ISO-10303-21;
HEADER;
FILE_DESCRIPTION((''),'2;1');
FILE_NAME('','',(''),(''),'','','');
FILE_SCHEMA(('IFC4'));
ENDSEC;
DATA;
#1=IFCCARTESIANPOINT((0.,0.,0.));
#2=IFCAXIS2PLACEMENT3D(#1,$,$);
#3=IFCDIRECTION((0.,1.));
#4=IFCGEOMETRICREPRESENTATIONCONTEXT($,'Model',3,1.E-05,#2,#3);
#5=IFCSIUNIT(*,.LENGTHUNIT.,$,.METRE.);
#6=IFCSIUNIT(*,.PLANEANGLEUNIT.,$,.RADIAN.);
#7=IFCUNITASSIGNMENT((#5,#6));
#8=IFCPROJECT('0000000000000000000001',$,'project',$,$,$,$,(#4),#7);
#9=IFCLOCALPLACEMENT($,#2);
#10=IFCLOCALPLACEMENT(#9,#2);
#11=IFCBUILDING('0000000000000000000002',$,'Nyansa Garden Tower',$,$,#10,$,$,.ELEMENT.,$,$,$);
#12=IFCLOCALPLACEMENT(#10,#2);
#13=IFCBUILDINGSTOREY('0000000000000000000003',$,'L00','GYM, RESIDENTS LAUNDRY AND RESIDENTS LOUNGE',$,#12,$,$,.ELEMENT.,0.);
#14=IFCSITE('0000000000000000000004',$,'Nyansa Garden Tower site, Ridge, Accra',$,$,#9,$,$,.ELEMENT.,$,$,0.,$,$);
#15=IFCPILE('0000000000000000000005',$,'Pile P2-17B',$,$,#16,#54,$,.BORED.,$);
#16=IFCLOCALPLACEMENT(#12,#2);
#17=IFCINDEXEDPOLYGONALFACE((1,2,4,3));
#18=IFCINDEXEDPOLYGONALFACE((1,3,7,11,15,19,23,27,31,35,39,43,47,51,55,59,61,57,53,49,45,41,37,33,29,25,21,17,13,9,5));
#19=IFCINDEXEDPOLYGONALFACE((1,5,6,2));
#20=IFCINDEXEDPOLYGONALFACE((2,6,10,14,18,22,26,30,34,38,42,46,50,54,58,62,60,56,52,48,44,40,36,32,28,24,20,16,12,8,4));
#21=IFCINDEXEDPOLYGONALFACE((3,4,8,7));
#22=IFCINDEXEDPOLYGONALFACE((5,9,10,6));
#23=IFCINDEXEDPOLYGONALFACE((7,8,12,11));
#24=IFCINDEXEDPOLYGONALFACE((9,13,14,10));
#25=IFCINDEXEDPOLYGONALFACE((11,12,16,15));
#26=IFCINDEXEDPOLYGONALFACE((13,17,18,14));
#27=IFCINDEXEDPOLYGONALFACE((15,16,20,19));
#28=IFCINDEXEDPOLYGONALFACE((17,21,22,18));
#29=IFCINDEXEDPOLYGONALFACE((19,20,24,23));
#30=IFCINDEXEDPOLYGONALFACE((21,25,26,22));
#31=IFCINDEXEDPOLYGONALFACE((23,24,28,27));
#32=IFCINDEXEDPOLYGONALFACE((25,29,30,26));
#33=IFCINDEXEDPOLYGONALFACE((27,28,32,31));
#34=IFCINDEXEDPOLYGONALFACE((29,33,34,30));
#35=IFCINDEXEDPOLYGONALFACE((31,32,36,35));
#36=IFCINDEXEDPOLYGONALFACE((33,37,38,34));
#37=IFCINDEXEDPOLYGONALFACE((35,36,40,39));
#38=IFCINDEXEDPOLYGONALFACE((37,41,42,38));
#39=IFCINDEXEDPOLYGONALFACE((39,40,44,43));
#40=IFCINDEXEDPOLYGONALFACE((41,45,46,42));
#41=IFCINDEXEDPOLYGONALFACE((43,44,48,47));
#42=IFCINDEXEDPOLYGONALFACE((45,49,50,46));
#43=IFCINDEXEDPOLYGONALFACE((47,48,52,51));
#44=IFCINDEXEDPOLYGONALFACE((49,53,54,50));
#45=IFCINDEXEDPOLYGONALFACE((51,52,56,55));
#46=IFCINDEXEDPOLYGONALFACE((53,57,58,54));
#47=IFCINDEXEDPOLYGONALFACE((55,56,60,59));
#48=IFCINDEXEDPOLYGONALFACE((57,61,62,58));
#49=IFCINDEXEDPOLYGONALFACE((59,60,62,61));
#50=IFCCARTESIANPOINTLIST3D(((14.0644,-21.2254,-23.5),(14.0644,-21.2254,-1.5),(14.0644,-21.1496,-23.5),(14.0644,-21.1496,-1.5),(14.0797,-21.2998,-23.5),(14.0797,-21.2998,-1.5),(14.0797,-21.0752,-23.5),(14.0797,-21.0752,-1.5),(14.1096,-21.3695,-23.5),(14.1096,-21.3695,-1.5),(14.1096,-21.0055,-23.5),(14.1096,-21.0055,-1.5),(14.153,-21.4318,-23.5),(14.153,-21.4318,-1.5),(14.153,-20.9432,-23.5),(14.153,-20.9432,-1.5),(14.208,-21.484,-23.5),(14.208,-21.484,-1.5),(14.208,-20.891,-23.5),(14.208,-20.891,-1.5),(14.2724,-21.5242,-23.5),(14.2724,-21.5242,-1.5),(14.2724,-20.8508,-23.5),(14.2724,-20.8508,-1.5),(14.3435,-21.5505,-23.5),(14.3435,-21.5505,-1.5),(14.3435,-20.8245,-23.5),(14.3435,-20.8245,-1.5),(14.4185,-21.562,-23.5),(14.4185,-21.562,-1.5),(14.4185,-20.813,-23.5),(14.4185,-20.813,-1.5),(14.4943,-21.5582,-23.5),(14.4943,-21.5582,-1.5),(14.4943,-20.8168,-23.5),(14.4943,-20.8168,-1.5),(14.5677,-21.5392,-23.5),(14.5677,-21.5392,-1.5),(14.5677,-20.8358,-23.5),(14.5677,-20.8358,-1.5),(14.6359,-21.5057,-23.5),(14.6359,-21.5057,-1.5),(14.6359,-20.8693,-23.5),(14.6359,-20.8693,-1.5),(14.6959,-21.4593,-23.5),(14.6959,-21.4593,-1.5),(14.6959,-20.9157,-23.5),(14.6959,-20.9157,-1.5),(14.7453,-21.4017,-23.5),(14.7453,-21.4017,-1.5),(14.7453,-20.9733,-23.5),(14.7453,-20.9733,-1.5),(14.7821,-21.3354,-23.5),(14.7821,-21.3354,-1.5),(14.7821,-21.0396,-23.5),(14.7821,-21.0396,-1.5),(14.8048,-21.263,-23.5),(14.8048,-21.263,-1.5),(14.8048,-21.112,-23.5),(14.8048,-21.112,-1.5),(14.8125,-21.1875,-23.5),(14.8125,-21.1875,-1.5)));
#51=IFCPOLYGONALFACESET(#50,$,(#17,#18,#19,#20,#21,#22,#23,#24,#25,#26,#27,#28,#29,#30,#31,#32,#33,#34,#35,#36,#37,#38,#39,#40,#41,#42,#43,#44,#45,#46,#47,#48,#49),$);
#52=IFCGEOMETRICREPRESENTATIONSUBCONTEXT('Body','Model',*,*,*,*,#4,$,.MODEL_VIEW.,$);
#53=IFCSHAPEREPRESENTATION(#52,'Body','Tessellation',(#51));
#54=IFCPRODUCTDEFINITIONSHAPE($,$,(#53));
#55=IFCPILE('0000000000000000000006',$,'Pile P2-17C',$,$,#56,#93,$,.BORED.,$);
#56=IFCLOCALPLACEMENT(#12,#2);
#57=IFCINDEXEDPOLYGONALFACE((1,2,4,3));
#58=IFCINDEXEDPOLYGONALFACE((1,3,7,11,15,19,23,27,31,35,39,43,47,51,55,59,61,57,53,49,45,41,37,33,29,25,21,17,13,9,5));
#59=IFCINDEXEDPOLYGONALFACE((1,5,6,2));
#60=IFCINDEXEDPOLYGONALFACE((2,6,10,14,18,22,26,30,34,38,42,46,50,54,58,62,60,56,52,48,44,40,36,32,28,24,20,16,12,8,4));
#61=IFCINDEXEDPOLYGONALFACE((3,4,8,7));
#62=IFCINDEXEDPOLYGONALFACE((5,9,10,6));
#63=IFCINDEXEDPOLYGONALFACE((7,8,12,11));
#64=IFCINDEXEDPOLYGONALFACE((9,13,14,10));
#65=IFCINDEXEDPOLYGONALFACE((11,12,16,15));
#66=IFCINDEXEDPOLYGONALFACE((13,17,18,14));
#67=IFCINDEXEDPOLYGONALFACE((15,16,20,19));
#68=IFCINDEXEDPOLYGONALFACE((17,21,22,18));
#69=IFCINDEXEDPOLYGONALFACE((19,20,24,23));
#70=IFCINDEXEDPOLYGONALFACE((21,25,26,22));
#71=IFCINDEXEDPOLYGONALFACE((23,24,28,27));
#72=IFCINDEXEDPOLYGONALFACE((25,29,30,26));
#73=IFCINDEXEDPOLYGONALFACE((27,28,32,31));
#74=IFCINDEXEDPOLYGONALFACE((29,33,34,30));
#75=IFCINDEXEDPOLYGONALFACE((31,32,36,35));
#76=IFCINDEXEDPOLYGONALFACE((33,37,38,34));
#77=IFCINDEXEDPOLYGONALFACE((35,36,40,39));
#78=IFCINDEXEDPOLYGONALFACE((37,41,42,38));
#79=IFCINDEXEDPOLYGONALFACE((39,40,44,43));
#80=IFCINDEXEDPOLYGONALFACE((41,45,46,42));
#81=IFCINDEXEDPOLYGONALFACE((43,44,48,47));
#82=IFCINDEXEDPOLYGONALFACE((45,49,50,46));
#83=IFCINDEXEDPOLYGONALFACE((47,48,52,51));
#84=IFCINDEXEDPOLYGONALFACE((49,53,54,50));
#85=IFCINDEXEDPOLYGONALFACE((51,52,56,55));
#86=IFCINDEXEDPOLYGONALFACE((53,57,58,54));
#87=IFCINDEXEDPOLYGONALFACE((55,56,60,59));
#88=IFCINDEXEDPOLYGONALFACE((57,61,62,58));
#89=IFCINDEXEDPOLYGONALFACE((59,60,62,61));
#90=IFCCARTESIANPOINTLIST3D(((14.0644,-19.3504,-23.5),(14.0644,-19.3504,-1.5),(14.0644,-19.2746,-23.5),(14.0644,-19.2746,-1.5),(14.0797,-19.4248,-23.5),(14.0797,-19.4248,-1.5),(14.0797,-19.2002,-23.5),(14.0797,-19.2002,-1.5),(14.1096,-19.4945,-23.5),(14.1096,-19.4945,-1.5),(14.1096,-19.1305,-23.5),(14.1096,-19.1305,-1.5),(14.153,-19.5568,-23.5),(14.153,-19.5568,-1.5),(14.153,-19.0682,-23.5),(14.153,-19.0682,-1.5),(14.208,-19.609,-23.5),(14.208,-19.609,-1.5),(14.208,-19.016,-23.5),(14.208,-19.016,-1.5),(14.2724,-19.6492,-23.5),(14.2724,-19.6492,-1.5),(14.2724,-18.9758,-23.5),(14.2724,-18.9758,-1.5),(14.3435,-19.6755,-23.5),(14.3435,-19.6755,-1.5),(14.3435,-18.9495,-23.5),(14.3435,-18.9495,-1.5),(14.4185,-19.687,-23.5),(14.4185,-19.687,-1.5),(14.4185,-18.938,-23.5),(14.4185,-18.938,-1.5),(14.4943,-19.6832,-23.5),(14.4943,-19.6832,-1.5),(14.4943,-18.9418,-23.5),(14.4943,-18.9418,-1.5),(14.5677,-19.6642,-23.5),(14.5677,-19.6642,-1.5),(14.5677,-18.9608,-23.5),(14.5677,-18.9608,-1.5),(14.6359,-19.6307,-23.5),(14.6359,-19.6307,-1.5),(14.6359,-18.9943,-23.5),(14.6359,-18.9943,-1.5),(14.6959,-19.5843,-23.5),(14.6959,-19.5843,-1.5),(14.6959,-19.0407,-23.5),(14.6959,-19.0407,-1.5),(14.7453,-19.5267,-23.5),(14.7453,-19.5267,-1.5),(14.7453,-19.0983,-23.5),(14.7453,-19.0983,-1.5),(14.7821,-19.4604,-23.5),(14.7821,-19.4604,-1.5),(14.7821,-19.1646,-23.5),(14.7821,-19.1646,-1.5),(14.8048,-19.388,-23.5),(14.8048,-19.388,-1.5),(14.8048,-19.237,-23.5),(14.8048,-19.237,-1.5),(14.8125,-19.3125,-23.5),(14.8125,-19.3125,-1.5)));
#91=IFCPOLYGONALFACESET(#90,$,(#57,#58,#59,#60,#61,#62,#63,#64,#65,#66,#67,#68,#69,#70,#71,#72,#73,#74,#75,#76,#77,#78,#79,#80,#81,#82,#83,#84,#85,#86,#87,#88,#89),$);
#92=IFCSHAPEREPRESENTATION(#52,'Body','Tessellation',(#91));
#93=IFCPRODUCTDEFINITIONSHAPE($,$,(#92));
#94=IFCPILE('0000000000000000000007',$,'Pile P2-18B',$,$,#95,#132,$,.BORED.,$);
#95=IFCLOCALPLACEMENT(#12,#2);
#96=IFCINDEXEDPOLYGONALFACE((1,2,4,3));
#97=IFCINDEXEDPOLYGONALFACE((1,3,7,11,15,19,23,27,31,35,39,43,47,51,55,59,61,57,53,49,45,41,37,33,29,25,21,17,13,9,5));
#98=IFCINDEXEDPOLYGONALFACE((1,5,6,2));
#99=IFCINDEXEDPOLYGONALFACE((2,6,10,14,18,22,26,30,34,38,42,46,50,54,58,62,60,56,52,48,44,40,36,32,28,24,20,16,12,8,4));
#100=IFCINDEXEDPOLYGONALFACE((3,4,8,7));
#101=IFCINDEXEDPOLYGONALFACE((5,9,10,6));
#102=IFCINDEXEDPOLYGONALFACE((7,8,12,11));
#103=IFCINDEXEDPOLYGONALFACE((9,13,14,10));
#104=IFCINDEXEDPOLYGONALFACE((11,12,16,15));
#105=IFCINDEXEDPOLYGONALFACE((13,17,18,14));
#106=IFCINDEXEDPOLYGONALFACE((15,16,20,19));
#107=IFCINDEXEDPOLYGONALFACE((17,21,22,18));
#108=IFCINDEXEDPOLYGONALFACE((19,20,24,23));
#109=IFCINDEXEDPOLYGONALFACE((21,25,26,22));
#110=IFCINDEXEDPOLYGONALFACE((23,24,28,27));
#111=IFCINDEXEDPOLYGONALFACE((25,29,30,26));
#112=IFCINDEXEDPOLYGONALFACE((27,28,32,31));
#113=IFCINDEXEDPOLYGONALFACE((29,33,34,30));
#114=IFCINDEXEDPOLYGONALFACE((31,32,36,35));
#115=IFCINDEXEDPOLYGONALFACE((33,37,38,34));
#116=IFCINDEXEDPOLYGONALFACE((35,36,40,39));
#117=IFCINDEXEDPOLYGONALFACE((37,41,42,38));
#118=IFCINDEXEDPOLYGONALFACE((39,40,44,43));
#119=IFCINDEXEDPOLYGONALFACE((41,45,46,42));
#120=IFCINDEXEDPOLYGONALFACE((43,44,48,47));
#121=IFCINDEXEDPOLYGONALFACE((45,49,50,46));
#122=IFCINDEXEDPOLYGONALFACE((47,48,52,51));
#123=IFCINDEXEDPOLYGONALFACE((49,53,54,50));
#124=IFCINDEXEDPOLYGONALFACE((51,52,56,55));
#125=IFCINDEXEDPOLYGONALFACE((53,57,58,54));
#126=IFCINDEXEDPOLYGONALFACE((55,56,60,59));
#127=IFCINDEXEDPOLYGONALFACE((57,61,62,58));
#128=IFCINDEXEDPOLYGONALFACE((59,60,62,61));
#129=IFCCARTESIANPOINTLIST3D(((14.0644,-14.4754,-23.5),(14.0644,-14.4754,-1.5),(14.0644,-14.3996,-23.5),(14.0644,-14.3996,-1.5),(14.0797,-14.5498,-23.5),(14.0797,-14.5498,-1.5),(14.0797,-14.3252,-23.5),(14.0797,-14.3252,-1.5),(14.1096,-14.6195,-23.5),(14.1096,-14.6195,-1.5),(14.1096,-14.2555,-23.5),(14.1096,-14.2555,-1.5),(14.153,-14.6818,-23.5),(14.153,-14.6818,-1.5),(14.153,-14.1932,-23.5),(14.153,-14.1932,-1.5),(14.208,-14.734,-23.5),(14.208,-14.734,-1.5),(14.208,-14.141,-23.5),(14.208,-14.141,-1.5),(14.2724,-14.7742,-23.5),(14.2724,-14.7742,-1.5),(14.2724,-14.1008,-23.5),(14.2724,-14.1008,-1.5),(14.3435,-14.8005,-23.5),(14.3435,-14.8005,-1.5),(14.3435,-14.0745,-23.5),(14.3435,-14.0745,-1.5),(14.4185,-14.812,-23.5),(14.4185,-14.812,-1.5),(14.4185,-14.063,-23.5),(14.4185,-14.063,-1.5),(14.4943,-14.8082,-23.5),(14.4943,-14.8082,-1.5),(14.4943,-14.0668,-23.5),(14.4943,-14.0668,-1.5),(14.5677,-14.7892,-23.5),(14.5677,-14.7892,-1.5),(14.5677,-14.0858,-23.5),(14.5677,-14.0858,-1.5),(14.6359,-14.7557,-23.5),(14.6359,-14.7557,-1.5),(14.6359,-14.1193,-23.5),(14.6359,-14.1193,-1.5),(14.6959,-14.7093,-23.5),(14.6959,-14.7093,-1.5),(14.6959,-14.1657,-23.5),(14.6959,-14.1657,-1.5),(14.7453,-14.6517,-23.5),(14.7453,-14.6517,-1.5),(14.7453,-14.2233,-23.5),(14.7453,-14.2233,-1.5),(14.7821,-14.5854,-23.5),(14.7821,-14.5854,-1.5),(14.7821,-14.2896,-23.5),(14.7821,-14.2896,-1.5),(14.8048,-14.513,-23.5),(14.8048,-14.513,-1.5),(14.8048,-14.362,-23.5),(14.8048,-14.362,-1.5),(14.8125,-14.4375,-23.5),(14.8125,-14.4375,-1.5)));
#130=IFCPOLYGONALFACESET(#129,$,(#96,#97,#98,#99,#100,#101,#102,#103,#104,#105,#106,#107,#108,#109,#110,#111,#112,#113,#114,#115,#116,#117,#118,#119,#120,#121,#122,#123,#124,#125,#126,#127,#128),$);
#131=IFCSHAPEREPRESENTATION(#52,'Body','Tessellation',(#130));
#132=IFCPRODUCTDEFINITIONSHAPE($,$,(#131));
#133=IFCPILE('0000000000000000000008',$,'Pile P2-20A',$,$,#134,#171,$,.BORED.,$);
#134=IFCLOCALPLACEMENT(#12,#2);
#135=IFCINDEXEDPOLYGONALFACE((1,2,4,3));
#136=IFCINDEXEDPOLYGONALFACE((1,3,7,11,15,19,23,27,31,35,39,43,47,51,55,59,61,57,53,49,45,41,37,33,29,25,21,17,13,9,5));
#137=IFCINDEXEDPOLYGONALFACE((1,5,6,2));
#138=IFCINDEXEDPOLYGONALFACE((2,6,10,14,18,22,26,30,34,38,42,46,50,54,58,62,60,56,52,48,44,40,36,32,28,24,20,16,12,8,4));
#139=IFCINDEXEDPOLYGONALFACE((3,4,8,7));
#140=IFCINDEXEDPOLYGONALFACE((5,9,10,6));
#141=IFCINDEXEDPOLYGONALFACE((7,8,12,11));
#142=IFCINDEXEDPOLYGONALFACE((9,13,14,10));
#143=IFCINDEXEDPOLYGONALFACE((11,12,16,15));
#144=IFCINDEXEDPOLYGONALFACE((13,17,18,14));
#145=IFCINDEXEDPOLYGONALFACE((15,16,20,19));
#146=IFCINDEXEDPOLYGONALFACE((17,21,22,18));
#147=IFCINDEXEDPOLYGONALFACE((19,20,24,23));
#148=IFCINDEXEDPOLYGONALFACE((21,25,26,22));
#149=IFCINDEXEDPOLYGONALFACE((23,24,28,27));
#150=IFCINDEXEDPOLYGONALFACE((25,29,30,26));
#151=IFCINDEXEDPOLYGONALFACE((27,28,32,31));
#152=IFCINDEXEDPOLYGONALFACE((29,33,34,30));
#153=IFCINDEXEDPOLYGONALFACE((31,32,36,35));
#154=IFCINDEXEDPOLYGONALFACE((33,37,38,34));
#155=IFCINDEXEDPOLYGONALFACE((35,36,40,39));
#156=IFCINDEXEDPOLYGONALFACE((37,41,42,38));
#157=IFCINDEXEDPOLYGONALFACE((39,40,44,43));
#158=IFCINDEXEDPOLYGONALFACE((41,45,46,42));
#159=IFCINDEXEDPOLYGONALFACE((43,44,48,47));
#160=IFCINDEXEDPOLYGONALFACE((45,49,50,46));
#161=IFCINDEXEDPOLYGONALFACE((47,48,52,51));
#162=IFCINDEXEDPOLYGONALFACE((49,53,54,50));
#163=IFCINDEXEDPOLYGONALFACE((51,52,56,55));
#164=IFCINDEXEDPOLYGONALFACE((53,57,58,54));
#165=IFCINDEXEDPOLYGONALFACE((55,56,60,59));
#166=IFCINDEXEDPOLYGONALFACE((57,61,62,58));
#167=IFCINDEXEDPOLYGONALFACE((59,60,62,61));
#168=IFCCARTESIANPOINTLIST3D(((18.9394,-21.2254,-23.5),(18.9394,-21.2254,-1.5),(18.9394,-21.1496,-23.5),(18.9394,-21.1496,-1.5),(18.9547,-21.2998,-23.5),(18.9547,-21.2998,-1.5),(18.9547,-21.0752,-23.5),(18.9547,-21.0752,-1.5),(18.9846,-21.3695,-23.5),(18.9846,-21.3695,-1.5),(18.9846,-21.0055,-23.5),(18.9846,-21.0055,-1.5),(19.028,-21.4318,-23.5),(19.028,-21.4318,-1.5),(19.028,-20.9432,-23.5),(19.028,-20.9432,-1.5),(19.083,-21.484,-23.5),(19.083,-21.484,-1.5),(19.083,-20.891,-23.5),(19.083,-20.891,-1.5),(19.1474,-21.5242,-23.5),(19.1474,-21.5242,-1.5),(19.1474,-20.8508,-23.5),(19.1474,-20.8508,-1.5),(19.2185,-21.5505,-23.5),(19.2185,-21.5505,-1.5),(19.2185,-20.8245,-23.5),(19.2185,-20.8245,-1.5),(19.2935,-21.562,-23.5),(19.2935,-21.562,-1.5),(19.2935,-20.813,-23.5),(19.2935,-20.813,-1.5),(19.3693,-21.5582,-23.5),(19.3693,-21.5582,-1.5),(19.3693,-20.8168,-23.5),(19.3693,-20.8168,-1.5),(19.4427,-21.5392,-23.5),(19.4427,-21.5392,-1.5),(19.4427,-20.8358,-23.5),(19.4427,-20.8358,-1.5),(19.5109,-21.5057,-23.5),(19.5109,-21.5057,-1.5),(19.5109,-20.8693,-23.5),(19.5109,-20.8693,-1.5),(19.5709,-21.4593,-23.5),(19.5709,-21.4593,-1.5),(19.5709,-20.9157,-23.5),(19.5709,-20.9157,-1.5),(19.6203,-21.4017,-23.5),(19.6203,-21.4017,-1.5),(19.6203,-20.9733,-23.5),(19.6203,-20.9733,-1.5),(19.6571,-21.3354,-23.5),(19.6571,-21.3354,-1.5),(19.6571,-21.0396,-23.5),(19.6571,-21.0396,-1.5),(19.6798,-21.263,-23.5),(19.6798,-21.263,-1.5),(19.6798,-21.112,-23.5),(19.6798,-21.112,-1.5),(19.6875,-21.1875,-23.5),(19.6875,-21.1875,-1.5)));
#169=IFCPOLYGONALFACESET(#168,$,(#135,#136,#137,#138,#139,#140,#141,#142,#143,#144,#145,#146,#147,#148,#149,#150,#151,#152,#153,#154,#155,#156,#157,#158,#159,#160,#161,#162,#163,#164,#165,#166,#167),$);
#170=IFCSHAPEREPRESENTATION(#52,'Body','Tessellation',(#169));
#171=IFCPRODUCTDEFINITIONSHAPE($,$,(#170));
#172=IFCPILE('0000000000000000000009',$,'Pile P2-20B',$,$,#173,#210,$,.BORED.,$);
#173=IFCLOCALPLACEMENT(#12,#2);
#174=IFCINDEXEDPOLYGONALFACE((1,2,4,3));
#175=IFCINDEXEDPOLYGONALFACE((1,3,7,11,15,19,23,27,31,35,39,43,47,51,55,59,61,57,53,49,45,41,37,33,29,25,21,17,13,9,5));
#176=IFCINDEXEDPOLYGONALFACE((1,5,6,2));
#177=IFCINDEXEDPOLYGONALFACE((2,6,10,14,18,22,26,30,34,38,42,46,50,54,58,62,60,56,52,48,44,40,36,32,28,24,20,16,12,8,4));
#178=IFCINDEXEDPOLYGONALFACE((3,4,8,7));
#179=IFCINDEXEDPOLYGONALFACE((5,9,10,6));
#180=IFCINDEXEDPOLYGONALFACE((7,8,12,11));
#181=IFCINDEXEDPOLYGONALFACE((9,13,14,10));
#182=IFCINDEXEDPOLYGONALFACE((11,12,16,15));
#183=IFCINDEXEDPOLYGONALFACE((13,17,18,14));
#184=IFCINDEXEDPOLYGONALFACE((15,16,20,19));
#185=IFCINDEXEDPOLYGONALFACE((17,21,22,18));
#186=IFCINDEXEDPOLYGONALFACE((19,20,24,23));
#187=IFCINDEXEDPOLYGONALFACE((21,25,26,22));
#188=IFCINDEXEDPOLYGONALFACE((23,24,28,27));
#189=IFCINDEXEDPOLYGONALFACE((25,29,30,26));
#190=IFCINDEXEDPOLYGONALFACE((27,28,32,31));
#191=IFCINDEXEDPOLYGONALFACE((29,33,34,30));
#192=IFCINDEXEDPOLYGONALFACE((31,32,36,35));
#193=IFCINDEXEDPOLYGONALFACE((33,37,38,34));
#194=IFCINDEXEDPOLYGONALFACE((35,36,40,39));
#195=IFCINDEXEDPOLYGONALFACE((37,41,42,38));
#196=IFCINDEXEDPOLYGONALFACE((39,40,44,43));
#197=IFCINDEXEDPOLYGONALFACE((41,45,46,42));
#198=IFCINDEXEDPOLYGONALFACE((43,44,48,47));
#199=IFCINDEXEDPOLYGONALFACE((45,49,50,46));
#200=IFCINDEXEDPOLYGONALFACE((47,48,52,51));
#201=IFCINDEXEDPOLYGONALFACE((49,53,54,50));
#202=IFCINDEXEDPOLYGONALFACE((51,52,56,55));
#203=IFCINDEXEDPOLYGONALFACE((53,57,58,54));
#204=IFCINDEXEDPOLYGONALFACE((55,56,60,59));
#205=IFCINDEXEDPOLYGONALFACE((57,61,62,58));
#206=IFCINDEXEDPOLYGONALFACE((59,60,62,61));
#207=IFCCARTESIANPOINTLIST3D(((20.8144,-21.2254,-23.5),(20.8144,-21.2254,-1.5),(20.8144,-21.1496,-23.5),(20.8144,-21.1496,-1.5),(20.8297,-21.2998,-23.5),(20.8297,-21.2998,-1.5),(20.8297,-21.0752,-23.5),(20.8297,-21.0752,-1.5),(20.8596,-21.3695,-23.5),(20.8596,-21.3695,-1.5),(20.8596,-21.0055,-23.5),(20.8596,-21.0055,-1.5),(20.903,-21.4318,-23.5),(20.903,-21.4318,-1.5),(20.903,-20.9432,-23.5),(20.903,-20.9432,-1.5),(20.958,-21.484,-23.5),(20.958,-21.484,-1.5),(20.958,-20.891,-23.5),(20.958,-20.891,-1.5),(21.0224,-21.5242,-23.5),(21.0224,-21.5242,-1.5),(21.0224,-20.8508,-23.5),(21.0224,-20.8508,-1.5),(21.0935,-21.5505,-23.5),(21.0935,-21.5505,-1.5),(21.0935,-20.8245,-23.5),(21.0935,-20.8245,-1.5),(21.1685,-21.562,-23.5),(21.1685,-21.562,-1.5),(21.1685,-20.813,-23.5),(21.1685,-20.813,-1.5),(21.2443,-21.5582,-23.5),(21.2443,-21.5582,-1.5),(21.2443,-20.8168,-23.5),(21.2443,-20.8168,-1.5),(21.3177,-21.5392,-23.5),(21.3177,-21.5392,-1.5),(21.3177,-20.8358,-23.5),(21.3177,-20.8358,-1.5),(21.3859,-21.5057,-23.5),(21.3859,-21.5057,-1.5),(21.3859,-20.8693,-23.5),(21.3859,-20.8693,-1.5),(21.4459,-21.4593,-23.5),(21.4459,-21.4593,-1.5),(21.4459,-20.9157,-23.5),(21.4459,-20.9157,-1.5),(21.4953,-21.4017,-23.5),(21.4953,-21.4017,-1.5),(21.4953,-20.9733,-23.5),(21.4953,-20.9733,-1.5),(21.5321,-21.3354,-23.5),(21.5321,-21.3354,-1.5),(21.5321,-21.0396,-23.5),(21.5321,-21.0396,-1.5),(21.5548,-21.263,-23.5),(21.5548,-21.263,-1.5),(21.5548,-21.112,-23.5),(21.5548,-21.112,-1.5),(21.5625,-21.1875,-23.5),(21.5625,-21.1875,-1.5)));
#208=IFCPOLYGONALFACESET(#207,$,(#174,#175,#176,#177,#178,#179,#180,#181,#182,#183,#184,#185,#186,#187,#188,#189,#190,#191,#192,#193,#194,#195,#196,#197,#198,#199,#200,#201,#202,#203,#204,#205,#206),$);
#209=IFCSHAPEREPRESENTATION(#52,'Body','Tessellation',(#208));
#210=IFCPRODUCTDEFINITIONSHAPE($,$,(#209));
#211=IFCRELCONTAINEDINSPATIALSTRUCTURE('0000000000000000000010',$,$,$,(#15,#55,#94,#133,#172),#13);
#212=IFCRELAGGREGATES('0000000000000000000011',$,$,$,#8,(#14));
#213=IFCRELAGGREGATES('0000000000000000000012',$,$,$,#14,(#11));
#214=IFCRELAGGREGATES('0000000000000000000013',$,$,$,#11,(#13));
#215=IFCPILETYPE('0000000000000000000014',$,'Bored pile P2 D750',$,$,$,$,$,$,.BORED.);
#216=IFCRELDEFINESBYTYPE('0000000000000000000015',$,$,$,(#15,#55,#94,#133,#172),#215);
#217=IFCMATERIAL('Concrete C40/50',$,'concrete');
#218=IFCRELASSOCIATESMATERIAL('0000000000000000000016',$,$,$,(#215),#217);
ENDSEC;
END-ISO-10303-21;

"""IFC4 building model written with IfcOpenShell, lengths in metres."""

from ifc_helpers import new_model, si_unit, direction, frame, origin, origin_2d, place, context, subcontext, project, spatial, circle, extrude, material, type_object, element, save


model = new_model("IFC4")

# Units and contexts
model_context = context("Model", 3, precision=1e-05, world=origin(), true_north=direction((0.0, 1.0)))
body_context = subcontext(model_context, "Body", "Model", "MODEL_VIEW")
ifc_project = project(units=[si_unit("LENGTHUNIT", "METRE"), si_unit("PLANEANGLEUNIT", "RADIAN")], contexts=[model_context])

# Site, building, storey
site_placement = place(None, origin())
site = spatial("IfcSite", under=ifc_project, at=site_placement, Name="Nyansa Garden Tower site, Ridge, Accra", CompositionType="ELEMENT", RefElevation=0.0)
building_placement = place(site_placement, origin())
building = spatial("IfcBuilding", under=site, at=building_placement, Name="Nyansa Garden Tower", CompositionType="ELEMENT")
storey_placement = place(building_placement, origin())
storey = spatial("IfcBuildingStorey", under=building, at=storey_placement, Name="L00", Description="GYM, RESIDENTS LAUNDRY AND RESIDENTS LOUNGE", CompositionType="ELEMENT", Elevation=0.0)

# Piles
ifc_material_1 = material(Name="Concrete C40/50", Category="concrete")
pile_type = type_object("IfcPileType", Name="Bored pile P2 D750", PredefinedType="BORED", material=ifc_material_1)
for number, where, z_axis, x_axis, name in (
    (1, (14.4375, -21.1875, -1.5), (0.0, 0.0, -1.0), (1.0, 0.0, 0.0), "Pile P2-17B"),
    (2, (14.4375, -19.3125, -1.5), (0.0, 0.0, -1.0), (1.0, 0.0, 0.0), "Pile P2-17C"),
    (3, (14.4375, -14.4375, -1.5), (0.0, 0.0, -1.0), (1.0, 0.0, 0.0), "Pile P2-18B"),
    (4, (19.3125, -21.1875, -1.5), (0.0, 0.0, -1.0), (1.0, 0.0, 0.0), "Pile P2-20A"),
    (5, (21.1875, -21.1875, -1.5), (0.0, 0.0, -1.0), (1.0, 0.0, 0.0), "Pile P2-20B"),
):
    element("IfcPile", number, at=place(storey_placement, frame(where, z_axis=z_axis, x_axis=x_axis)), inside=storey, type_object=pile_type, Name=name, PredefinedType="BORED", context=body_context, shape_type="SweptSolid", body=[
        extrude(circle(Radius=0.375, at=origin_2d()), origin(), (0.0, 0.0, 1.0), 22.0),
    ])

save(model, "model.ifc")
